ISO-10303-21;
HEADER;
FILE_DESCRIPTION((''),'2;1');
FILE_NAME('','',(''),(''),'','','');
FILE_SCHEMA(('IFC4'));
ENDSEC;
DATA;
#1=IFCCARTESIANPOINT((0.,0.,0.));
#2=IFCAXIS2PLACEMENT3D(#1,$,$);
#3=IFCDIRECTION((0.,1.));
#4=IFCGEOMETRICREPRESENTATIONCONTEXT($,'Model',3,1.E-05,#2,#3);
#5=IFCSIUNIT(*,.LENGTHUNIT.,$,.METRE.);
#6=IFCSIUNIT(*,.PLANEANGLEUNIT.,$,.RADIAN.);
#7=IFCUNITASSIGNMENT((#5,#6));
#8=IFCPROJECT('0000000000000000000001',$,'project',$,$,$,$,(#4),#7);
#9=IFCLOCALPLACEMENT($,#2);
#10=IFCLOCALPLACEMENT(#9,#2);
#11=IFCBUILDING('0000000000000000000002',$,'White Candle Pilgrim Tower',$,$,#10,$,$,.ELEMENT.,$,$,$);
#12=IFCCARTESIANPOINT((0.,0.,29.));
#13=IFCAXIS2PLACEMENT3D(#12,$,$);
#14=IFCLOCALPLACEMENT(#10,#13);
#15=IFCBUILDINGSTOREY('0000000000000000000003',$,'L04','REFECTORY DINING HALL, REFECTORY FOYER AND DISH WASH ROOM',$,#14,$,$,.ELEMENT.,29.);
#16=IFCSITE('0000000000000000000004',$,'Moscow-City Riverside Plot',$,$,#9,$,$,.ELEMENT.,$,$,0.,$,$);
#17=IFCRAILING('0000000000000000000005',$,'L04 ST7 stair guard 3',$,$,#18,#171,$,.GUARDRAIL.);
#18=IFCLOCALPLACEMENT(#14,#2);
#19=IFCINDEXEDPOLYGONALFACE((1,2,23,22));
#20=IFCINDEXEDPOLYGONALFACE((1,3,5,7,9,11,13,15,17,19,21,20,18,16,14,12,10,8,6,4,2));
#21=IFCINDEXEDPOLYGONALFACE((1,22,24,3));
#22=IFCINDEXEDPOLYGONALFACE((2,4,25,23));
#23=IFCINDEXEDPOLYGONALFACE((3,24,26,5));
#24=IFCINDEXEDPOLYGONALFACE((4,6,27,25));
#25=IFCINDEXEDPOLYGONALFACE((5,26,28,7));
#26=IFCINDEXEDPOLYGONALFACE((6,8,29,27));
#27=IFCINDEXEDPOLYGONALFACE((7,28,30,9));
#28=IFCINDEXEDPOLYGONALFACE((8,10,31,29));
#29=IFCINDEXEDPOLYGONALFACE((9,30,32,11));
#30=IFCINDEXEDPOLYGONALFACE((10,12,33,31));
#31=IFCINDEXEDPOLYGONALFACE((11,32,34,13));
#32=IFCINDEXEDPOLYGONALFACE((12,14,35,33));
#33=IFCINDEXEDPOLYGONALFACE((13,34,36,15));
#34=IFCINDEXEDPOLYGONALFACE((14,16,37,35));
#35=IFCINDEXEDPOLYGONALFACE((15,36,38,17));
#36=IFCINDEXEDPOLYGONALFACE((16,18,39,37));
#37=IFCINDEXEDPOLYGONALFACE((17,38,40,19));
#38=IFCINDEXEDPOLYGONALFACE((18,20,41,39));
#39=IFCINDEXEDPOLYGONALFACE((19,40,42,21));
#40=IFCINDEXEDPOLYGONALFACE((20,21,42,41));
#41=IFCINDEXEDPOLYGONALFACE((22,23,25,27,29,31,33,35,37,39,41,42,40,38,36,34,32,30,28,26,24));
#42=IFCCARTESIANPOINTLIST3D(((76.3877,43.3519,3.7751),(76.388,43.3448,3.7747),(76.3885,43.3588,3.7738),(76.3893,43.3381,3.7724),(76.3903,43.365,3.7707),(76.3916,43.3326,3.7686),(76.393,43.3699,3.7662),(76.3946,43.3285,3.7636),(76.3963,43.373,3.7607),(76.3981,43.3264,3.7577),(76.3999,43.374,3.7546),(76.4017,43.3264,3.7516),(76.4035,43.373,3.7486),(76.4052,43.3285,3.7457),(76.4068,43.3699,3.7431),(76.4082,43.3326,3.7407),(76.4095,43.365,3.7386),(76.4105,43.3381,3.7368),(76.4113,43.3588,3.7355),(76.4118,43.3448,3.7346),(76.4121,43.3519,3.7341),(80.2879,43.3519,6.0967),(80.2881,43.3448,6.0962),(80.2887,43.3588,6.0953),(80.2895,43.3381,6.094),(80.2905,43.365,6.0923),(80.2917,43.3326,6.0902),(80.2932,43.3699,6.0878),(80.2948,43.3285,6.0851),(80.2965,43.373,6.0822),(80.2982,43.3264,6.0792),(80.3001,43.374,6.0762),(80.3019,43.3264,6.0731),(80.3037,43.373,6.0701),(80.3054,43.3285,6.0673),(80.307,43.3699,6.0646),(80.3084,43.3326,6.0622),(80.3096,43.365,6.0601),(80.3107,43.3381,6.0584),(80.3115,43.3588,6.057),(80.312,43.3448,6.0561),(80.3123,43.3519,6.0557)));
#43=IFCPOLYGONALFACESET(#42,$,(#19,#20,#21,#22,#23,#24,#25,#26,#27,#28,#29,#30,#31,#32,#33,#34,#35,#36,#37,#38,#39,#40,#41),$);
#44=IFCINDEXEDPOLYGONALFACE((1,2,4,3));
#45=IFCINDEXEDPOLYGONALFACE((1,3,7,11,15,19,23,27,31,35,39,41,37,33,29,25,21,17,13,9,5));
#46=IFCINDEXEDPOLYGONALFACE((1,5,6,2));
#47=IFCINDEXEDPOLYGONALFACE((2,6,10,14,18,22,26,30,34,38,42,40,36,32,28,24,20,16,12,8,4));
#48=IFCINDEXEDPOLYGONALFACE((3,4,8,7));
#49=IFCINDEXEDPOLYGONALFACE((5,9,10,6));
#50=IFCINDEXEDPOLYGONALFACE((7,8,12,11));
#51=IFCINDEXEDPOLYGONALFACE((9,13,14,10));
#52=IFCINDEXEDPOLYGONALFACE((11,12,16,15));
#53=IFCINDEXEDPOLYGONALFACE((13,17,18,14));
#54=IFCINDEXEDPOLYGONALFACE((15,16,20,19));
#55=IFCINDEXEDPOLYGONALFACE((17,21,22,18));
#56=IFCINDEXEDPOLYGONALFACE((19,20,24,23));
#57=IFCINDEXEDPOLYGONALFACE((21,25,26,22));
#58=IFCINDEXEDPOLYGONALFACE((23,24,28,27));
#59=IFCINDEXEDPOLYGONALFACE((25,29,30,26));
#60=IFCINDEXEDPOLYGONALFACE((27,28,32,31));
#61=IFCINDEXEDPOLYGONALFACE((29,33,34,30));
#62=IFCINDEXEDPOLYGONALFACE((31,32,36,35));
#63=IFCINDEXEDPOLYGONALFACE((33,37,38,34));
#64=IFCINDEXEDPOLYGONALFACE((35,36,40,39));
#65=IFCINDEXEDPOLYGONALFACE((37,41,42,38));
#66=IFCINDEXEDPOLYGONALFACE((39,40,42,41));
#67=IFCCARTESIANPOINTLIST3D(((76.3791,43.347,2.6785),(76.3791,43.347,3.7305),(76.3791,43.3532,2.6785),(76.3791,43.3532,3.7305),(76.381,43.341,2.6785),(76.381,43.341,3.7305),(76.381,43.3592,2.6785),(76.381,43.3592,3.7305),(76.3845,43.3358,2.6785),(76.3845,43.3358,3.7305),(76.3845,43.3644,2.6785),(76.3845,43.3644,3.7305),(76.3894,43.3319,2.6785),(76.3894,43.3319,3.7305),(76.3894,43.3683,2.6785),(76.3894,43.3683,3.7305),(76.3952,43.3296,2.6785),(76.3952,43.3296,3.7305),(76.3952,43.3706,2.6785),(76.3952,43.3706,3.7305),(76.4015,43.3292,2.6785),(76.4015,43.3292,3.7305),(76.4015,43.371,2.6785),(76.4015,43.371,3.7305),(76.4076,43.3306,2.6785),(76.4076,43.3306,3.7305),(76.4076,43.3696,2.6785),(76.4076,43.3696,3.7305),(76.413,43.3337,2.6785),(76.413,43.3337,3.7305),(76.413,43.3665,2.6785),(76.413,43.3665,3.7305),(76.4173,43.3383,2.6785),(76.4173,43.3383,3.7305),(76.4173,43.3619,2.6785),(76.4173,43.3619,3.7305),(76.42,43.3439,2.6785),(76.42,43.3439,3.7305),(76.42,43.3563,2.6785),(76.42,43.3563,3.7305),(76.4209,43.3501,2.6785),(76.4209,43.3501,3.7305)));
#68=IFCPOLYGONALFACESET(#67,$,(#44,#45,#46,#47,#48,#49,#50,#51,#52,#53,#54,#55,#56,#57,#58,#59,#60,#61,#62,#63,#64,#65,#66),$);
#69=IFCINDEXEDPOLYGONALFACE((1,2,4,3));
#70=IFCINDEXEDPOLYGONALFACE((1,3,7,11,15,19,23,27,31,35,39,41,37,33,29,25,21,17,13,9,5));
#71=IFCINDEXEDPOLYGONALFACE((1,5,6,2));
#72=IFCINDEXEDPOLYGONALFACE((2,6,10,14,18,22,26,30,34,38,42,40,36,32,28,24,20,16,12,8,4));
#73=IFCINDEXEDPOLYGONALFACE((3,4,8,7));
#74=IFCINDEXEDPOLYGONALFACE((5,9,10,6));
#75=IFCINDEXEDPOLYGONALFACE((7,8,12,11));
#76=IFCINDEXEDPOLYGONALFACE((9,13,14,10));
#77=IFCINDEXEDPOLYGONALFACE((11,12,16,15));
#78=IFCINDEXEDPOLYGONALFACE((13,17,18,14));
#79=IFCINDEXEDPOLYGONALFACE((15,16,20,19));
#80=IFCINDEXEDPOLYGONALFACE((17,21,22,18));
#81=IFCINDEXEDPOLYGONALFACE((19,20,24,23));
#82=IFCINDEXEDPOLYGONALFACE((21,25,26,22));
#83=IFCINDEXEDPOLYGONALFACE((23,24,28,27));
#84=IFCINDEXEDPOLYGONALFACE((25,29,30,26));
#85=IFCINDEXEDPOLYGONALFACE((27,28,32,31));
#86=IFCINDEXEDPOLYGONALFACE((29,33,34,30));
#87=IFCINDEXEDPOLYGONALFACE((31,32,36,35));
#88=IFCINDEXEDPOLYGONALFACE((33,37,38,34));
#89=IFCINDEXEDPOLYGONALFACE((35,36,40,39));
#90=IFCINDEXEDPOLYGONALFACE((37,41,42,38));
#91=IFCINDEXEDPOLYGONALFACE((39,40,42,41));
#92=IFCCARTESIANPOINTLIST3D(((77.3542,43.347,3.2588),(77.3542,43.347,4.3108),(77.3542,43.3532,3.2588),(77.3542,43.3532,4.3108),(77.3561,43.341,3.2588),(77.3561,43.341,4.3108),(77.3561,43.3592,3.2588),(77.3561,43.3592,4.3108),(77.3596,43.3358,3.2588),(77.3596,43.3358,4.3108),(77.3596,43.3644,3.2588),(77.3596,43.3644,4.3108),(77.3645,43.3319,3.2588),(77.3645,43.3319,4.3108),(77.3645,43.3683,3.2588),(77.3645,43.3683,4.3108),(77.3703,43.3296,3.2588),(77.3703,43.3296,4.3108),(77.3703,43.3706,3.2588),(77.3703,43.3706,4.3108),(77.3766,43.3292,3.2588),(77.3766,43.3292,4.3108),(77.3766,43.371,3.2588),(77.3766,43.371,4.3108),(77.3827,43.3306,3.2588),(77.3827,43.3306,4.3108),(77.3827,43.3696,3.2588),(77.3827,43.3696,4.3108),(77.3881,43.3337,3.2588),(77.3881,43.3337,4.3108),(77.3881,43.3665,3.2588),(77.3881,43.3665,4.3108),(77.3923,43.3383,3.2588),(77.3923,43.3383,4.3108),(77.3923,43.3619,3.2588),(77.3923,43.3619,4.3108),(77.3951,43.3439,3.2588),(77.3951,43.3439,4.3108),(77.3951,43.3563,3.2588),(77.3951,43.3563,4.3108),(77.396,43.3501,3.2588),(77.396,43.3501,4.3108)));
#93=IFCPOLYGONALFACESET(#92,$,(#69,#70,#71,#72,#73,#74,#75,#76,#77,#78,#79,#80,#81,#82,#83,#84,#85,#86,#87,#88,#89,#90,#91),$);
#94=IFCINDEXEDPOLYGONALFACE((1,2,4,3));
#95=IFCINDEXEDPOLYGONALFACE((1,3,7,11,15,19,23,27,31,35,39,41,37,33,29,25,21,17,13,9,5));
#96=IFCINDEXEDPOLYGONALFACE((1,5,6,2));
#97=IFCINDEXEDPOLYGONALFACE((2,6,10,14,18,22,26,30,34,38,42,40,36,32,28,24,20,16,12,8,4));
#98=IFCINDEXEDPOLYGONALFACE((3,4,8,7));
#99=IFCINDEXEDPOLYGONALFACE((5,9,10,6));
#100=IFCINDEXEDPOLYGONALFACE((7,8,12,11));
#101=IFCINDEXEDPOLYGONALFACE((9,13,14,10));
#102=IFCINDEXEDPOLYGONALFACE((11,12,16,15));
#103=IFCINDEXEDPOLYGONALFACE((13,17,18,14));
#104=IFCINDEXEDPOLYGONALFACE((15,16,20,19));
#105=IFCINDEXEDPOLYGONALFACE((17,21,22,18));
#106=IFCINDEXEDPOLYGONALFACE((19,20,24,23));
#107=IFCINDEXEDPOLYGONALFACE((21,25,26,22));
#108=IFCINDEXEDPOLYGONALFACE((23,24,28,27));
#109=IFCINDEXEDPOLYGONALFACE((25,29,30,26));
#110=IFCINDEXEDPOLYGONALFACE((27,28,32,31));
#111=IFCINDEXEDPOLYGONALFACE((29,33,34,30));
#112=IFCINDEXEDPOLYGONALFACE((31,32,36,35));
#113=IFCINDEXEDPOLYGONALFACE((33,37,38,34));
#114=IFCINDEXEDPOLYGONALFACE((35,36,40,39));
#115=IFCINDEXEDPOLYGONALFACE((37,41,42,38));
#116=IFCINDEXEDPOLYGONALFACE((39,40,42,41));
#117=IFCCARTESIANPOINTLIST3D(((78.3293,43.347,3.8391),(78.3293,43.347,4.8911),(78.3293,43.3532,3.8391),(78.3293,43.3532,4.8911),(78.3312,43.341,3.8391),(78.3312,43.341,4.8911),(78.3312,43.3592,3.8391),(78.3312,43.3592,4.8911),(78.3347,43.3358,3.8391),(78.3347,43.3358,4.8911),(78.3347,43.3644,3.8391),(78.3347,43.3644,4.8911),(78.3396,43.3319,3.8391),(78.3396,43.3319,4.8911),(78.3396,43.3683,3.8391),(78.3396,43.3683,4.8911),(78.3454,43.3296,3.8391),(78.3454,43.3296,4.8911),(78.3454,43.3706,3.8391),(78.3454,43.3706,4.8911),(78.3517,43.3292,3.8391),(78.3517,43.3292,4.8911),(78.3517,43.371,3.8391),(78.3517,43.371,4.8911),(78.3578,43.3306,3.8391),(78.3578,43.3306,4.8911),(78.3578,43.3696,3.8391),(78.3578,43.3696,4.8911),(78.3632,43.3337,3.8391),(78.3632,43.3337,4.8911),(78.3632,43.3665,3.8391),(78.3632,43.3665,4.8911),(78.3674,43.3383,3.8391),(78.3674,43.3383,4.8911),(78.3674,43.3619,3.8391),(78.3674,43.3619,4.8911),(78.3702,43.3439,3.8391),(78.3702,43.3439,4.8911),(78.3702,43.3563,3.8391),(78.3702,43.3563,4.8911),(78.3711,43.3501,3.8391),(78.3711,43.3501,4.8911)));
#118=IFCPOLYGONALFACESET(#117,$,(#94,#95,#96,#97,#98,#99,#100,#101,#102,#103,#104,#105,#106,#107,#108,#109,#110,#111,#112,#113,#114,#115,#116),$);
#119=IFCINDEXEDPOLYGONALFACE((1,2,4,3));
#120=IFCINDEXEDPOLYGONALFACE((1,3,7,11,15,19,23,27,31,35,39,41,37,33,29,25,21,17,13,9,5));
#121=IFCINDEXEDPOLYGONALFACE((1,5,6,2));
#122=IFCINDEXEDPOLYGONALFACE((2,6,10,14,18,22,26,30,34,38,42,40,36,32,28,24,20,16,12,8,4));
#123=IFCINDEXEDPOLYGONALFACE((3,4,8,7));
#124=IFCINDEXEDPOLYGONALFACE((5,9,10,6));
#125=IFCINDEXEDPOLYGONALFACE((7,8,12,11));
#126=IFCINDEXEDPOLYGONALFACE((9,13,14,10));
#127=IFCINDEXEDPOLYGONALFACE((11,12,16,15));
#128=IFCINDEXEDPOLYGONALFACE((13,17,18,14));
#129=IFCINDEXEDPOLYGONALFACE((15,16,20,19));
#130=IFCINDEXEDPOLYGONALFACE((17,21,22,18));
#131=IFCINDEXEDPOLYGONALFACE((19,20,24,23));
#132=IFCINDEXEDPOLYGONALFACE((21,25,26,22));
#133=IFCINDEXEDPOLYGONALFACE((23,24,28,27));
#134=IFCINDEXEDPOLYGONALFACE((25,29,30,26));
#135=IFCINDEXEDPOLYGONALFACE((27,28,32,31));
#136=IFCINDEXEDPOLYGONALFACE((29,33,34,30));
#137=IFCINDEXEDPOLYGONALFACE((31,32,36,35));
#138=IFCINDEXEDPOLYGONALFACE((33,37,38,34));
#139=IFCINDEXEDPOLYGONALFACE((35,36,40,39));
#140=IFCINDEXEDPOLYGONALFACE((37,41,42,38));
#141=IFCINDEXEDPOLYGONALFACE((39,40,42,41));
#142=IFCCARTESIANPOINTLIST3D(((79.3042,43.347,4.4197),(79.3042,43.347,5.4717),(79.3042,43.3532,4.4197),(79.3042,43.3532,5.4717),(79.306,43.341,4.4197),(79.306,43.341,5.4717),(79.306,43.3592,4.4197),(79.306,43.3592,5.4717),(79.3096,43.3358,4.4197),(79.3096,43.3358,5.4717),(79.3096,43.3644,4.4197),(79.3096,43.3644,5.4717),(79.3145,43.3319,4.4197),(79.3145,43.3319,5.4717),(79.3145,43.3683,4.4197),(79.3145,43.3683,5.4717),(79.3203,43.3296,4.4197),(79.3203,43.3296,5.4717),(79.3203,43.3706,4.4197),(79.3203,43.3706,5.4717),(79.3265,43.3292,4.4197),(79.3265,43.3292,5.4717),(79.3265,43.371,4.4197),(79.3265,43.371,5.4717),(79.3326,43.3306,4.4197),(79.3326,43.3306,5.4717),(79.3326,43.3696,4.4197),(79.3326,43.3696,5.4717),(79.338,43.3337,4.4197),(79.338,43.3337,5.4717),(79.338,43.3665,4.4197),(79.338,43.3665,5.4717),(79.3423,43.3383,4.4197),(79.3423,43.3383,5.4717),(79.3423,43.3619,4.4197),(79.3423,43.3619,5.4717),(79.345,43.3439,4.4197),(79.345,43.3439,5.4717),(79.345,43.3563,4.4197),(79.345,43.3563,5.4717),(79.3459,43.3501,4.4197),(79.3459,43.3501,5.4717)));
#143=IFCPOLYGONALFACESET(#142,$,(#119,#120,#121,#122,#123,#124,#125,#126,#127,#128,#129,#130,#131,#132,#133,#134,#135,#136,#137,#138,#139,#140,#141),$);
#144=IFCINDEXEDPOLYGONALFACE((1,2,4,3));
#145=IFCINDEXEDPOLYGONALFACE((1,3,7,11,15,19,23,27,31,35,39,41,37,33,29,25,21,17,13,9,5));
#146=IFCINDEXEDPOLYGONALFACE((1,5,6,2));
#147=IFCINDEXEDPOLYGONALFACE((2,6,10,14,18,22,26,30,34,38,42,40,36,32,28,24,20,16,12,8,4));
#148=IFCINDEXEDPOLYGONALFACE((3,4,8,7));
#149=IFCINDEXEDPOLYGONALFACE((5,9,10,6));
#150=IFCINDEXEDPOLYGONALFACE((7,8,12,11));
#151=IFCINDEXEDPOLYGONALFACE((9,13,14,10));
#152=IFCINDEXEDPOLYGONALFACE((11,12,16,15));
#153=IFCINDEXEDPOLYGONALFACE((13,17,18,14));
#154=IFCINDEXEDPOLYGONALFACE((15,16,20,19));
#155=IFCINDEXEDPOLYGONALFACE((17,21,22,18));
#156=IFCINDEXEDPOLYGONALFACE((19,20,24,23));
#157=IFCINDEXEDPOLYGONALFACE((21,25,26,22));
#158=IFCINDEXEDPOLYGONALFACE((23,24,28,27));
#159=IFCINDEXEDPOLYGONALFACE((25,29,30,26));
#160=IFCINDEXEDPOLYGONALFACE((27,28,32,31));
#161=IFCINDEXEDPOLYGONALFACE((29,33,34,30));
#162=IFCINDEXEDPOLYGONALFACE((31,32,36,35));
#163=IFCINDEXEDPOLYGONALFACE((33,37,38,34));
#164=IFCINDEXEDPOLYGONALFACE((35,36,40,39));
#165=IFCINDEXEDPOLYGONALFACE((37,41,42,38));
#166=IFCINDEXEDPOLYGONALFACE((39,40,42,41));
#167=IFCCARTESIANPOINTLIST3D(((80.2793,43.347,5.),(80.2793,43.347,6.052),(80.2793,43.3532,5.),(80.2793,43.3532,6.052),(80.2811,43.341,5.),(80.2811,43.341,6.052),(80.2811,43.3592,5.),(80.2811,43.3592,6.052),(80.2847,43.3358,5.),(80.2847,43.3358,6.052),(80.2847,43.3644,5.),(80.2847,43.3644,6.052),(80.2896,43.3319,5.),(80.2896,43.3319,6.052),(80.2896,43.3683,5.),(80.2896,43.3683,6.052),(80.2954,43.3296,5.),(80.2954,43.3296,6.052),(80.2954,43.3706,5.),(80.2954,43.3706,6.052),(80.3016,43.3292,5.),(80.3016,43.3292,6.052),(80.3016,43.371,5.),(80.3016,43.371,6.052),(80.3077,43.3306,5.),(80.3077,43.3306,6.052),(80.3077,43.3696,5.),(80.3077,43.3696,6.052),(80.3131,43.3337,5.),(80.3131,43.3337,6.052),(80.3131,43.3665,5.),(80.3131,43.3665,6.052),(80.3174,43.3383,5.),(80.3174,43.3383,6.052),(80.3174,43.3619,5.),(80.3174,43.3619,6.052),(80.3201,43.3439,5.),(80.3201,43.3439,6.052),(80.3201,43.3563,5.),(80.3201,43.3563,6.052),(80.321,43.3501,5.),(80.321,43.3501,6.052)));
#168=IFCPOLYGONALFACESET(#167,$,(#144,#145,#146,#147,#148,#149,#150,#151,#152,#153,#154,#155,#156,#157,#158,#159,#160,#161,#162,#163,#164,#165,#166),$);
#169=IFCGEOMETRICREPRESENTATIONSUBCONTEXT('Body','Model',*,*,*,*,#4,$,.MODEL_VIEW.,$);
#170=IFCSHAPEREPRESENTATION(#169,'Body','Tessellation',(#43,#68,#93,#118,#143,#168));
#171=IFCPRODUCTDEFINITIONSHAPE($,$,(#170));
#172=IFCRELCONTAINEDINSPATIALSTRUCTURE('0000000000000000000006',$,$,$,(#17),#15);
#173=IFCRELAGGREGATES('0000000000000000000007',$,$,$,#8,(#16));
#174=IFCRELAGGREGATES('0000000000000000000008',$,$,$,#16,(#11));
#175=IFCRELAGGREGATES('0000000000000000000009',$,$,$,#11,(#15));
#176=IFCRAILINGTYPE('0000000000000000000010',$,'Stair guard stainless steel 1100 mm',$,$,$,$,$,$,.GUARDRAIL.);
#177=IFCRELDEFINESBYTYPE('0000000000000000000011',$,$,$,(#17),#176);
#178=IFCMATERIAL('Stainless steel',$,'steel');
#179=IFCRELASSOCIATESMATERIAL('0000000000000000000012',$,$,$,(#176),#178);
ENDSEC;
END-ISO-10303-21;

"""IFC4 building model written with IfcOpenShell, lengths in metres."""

from ifc_helpers import new_model, si_unit, direction, frame, origin, origin_2d, place, context, subcontext, project, spatial, circle, extrude, material, type_object, element, save


model = new_model("IFC4")

# Units and contexts
model_context = context("Model", 3, precision=1e-05, world=origin(), true_north=direction((0.0, 1.0)))
body_context = subcontext(model_context, "Body", "Model", "MODEL_VIEW")
ifc_project = project(units=[si_unit("LENGTHUNIT", "METRE"), si_unit("PLANEANGLEUNIT", "RADIAN")], contexts=[model_context])

# Site, building, storey
site_placement = place(None, origin())
site = spatial("IfcSite", under=ifc_project, at=site_placement, Name="Moscow-City Riverside Plot", CompositionType="ELEMENT", RefElevation=0.0)
building_placement = place(site_placement, origin())
building = spatial("IfcBuilding", under=site, at=building_placement, Name="White Candle Pilgrim Tower", CompositionType="ELEMENT")
storey_placement = place(building_placement, frame((0.0, 0.0, 29.0)))
storey = spatial("IfcBuildingStorey", under=building, at=storey_placement, Name="L04", Description="REFECTORY DINING HALL, REFECTORY FOYER AND DISH WASH ROOM", CompositionType="ELEMENT", Elevation=29.0)

# Railing
ifc_material_1 = material(Name="Stainless steel", Category="steel")
railing_type_1 = type_object("IfcRailingType", Name="Stair guard stainless steel 1100 mm", PredefinedType="GUARDRAIL", material=ifc_material_1)
railing_1_placement = place(storey_placement, frame((76.3999, 43.3501, 2.6785)))
element("IfcRailing", 1, at=railing_1_placement, inside=storey, type_object=railing_type_1, Name="L04 ST7 stair guard 3", PredefinedType="GUARDRAIL", context=body_context, shape_type="SweptSolid", body=[
    extrude(circle(Radius=0.0239, at=origin_2d()), frame((0.0, 0.0, 1.0762), z_axis=(0.859291, 0.0, 0.511487), x_axis=(0.0, 1.0, 0.0)), (0.0, 0.0, 1.0), 4.5388),
    extrude(circle(Radius=0.021, at=origin_2d()), origin(), (0.0, 0.0, 1.0), 1.052),
    extrude(circle(Radius=0.021, at=origin_2d()), frame((0.9751, 0.0, 0.5803)), (0.0, 0.0, 1.0), 1.052),
    extrude(circle(Radius=0.021, at=origin_2d()), frame((1.9502, 0.0, 1.1606)), (0.0, 0.0, 1.0), 1.052),
    extrude(circle(Radius=0.021, at=origin_2d()), frame((2.925, 0.0, 1.7412)), (0.0, 0.0, 1.0), 1.052),
    extrude(circle(Radius=0.021, at=origin_2d()), frame((3.9001, 0.0, 2.3215)), (0.0, 0.0, 1.0), 1.052),
])

save(model, "model.ifc")
